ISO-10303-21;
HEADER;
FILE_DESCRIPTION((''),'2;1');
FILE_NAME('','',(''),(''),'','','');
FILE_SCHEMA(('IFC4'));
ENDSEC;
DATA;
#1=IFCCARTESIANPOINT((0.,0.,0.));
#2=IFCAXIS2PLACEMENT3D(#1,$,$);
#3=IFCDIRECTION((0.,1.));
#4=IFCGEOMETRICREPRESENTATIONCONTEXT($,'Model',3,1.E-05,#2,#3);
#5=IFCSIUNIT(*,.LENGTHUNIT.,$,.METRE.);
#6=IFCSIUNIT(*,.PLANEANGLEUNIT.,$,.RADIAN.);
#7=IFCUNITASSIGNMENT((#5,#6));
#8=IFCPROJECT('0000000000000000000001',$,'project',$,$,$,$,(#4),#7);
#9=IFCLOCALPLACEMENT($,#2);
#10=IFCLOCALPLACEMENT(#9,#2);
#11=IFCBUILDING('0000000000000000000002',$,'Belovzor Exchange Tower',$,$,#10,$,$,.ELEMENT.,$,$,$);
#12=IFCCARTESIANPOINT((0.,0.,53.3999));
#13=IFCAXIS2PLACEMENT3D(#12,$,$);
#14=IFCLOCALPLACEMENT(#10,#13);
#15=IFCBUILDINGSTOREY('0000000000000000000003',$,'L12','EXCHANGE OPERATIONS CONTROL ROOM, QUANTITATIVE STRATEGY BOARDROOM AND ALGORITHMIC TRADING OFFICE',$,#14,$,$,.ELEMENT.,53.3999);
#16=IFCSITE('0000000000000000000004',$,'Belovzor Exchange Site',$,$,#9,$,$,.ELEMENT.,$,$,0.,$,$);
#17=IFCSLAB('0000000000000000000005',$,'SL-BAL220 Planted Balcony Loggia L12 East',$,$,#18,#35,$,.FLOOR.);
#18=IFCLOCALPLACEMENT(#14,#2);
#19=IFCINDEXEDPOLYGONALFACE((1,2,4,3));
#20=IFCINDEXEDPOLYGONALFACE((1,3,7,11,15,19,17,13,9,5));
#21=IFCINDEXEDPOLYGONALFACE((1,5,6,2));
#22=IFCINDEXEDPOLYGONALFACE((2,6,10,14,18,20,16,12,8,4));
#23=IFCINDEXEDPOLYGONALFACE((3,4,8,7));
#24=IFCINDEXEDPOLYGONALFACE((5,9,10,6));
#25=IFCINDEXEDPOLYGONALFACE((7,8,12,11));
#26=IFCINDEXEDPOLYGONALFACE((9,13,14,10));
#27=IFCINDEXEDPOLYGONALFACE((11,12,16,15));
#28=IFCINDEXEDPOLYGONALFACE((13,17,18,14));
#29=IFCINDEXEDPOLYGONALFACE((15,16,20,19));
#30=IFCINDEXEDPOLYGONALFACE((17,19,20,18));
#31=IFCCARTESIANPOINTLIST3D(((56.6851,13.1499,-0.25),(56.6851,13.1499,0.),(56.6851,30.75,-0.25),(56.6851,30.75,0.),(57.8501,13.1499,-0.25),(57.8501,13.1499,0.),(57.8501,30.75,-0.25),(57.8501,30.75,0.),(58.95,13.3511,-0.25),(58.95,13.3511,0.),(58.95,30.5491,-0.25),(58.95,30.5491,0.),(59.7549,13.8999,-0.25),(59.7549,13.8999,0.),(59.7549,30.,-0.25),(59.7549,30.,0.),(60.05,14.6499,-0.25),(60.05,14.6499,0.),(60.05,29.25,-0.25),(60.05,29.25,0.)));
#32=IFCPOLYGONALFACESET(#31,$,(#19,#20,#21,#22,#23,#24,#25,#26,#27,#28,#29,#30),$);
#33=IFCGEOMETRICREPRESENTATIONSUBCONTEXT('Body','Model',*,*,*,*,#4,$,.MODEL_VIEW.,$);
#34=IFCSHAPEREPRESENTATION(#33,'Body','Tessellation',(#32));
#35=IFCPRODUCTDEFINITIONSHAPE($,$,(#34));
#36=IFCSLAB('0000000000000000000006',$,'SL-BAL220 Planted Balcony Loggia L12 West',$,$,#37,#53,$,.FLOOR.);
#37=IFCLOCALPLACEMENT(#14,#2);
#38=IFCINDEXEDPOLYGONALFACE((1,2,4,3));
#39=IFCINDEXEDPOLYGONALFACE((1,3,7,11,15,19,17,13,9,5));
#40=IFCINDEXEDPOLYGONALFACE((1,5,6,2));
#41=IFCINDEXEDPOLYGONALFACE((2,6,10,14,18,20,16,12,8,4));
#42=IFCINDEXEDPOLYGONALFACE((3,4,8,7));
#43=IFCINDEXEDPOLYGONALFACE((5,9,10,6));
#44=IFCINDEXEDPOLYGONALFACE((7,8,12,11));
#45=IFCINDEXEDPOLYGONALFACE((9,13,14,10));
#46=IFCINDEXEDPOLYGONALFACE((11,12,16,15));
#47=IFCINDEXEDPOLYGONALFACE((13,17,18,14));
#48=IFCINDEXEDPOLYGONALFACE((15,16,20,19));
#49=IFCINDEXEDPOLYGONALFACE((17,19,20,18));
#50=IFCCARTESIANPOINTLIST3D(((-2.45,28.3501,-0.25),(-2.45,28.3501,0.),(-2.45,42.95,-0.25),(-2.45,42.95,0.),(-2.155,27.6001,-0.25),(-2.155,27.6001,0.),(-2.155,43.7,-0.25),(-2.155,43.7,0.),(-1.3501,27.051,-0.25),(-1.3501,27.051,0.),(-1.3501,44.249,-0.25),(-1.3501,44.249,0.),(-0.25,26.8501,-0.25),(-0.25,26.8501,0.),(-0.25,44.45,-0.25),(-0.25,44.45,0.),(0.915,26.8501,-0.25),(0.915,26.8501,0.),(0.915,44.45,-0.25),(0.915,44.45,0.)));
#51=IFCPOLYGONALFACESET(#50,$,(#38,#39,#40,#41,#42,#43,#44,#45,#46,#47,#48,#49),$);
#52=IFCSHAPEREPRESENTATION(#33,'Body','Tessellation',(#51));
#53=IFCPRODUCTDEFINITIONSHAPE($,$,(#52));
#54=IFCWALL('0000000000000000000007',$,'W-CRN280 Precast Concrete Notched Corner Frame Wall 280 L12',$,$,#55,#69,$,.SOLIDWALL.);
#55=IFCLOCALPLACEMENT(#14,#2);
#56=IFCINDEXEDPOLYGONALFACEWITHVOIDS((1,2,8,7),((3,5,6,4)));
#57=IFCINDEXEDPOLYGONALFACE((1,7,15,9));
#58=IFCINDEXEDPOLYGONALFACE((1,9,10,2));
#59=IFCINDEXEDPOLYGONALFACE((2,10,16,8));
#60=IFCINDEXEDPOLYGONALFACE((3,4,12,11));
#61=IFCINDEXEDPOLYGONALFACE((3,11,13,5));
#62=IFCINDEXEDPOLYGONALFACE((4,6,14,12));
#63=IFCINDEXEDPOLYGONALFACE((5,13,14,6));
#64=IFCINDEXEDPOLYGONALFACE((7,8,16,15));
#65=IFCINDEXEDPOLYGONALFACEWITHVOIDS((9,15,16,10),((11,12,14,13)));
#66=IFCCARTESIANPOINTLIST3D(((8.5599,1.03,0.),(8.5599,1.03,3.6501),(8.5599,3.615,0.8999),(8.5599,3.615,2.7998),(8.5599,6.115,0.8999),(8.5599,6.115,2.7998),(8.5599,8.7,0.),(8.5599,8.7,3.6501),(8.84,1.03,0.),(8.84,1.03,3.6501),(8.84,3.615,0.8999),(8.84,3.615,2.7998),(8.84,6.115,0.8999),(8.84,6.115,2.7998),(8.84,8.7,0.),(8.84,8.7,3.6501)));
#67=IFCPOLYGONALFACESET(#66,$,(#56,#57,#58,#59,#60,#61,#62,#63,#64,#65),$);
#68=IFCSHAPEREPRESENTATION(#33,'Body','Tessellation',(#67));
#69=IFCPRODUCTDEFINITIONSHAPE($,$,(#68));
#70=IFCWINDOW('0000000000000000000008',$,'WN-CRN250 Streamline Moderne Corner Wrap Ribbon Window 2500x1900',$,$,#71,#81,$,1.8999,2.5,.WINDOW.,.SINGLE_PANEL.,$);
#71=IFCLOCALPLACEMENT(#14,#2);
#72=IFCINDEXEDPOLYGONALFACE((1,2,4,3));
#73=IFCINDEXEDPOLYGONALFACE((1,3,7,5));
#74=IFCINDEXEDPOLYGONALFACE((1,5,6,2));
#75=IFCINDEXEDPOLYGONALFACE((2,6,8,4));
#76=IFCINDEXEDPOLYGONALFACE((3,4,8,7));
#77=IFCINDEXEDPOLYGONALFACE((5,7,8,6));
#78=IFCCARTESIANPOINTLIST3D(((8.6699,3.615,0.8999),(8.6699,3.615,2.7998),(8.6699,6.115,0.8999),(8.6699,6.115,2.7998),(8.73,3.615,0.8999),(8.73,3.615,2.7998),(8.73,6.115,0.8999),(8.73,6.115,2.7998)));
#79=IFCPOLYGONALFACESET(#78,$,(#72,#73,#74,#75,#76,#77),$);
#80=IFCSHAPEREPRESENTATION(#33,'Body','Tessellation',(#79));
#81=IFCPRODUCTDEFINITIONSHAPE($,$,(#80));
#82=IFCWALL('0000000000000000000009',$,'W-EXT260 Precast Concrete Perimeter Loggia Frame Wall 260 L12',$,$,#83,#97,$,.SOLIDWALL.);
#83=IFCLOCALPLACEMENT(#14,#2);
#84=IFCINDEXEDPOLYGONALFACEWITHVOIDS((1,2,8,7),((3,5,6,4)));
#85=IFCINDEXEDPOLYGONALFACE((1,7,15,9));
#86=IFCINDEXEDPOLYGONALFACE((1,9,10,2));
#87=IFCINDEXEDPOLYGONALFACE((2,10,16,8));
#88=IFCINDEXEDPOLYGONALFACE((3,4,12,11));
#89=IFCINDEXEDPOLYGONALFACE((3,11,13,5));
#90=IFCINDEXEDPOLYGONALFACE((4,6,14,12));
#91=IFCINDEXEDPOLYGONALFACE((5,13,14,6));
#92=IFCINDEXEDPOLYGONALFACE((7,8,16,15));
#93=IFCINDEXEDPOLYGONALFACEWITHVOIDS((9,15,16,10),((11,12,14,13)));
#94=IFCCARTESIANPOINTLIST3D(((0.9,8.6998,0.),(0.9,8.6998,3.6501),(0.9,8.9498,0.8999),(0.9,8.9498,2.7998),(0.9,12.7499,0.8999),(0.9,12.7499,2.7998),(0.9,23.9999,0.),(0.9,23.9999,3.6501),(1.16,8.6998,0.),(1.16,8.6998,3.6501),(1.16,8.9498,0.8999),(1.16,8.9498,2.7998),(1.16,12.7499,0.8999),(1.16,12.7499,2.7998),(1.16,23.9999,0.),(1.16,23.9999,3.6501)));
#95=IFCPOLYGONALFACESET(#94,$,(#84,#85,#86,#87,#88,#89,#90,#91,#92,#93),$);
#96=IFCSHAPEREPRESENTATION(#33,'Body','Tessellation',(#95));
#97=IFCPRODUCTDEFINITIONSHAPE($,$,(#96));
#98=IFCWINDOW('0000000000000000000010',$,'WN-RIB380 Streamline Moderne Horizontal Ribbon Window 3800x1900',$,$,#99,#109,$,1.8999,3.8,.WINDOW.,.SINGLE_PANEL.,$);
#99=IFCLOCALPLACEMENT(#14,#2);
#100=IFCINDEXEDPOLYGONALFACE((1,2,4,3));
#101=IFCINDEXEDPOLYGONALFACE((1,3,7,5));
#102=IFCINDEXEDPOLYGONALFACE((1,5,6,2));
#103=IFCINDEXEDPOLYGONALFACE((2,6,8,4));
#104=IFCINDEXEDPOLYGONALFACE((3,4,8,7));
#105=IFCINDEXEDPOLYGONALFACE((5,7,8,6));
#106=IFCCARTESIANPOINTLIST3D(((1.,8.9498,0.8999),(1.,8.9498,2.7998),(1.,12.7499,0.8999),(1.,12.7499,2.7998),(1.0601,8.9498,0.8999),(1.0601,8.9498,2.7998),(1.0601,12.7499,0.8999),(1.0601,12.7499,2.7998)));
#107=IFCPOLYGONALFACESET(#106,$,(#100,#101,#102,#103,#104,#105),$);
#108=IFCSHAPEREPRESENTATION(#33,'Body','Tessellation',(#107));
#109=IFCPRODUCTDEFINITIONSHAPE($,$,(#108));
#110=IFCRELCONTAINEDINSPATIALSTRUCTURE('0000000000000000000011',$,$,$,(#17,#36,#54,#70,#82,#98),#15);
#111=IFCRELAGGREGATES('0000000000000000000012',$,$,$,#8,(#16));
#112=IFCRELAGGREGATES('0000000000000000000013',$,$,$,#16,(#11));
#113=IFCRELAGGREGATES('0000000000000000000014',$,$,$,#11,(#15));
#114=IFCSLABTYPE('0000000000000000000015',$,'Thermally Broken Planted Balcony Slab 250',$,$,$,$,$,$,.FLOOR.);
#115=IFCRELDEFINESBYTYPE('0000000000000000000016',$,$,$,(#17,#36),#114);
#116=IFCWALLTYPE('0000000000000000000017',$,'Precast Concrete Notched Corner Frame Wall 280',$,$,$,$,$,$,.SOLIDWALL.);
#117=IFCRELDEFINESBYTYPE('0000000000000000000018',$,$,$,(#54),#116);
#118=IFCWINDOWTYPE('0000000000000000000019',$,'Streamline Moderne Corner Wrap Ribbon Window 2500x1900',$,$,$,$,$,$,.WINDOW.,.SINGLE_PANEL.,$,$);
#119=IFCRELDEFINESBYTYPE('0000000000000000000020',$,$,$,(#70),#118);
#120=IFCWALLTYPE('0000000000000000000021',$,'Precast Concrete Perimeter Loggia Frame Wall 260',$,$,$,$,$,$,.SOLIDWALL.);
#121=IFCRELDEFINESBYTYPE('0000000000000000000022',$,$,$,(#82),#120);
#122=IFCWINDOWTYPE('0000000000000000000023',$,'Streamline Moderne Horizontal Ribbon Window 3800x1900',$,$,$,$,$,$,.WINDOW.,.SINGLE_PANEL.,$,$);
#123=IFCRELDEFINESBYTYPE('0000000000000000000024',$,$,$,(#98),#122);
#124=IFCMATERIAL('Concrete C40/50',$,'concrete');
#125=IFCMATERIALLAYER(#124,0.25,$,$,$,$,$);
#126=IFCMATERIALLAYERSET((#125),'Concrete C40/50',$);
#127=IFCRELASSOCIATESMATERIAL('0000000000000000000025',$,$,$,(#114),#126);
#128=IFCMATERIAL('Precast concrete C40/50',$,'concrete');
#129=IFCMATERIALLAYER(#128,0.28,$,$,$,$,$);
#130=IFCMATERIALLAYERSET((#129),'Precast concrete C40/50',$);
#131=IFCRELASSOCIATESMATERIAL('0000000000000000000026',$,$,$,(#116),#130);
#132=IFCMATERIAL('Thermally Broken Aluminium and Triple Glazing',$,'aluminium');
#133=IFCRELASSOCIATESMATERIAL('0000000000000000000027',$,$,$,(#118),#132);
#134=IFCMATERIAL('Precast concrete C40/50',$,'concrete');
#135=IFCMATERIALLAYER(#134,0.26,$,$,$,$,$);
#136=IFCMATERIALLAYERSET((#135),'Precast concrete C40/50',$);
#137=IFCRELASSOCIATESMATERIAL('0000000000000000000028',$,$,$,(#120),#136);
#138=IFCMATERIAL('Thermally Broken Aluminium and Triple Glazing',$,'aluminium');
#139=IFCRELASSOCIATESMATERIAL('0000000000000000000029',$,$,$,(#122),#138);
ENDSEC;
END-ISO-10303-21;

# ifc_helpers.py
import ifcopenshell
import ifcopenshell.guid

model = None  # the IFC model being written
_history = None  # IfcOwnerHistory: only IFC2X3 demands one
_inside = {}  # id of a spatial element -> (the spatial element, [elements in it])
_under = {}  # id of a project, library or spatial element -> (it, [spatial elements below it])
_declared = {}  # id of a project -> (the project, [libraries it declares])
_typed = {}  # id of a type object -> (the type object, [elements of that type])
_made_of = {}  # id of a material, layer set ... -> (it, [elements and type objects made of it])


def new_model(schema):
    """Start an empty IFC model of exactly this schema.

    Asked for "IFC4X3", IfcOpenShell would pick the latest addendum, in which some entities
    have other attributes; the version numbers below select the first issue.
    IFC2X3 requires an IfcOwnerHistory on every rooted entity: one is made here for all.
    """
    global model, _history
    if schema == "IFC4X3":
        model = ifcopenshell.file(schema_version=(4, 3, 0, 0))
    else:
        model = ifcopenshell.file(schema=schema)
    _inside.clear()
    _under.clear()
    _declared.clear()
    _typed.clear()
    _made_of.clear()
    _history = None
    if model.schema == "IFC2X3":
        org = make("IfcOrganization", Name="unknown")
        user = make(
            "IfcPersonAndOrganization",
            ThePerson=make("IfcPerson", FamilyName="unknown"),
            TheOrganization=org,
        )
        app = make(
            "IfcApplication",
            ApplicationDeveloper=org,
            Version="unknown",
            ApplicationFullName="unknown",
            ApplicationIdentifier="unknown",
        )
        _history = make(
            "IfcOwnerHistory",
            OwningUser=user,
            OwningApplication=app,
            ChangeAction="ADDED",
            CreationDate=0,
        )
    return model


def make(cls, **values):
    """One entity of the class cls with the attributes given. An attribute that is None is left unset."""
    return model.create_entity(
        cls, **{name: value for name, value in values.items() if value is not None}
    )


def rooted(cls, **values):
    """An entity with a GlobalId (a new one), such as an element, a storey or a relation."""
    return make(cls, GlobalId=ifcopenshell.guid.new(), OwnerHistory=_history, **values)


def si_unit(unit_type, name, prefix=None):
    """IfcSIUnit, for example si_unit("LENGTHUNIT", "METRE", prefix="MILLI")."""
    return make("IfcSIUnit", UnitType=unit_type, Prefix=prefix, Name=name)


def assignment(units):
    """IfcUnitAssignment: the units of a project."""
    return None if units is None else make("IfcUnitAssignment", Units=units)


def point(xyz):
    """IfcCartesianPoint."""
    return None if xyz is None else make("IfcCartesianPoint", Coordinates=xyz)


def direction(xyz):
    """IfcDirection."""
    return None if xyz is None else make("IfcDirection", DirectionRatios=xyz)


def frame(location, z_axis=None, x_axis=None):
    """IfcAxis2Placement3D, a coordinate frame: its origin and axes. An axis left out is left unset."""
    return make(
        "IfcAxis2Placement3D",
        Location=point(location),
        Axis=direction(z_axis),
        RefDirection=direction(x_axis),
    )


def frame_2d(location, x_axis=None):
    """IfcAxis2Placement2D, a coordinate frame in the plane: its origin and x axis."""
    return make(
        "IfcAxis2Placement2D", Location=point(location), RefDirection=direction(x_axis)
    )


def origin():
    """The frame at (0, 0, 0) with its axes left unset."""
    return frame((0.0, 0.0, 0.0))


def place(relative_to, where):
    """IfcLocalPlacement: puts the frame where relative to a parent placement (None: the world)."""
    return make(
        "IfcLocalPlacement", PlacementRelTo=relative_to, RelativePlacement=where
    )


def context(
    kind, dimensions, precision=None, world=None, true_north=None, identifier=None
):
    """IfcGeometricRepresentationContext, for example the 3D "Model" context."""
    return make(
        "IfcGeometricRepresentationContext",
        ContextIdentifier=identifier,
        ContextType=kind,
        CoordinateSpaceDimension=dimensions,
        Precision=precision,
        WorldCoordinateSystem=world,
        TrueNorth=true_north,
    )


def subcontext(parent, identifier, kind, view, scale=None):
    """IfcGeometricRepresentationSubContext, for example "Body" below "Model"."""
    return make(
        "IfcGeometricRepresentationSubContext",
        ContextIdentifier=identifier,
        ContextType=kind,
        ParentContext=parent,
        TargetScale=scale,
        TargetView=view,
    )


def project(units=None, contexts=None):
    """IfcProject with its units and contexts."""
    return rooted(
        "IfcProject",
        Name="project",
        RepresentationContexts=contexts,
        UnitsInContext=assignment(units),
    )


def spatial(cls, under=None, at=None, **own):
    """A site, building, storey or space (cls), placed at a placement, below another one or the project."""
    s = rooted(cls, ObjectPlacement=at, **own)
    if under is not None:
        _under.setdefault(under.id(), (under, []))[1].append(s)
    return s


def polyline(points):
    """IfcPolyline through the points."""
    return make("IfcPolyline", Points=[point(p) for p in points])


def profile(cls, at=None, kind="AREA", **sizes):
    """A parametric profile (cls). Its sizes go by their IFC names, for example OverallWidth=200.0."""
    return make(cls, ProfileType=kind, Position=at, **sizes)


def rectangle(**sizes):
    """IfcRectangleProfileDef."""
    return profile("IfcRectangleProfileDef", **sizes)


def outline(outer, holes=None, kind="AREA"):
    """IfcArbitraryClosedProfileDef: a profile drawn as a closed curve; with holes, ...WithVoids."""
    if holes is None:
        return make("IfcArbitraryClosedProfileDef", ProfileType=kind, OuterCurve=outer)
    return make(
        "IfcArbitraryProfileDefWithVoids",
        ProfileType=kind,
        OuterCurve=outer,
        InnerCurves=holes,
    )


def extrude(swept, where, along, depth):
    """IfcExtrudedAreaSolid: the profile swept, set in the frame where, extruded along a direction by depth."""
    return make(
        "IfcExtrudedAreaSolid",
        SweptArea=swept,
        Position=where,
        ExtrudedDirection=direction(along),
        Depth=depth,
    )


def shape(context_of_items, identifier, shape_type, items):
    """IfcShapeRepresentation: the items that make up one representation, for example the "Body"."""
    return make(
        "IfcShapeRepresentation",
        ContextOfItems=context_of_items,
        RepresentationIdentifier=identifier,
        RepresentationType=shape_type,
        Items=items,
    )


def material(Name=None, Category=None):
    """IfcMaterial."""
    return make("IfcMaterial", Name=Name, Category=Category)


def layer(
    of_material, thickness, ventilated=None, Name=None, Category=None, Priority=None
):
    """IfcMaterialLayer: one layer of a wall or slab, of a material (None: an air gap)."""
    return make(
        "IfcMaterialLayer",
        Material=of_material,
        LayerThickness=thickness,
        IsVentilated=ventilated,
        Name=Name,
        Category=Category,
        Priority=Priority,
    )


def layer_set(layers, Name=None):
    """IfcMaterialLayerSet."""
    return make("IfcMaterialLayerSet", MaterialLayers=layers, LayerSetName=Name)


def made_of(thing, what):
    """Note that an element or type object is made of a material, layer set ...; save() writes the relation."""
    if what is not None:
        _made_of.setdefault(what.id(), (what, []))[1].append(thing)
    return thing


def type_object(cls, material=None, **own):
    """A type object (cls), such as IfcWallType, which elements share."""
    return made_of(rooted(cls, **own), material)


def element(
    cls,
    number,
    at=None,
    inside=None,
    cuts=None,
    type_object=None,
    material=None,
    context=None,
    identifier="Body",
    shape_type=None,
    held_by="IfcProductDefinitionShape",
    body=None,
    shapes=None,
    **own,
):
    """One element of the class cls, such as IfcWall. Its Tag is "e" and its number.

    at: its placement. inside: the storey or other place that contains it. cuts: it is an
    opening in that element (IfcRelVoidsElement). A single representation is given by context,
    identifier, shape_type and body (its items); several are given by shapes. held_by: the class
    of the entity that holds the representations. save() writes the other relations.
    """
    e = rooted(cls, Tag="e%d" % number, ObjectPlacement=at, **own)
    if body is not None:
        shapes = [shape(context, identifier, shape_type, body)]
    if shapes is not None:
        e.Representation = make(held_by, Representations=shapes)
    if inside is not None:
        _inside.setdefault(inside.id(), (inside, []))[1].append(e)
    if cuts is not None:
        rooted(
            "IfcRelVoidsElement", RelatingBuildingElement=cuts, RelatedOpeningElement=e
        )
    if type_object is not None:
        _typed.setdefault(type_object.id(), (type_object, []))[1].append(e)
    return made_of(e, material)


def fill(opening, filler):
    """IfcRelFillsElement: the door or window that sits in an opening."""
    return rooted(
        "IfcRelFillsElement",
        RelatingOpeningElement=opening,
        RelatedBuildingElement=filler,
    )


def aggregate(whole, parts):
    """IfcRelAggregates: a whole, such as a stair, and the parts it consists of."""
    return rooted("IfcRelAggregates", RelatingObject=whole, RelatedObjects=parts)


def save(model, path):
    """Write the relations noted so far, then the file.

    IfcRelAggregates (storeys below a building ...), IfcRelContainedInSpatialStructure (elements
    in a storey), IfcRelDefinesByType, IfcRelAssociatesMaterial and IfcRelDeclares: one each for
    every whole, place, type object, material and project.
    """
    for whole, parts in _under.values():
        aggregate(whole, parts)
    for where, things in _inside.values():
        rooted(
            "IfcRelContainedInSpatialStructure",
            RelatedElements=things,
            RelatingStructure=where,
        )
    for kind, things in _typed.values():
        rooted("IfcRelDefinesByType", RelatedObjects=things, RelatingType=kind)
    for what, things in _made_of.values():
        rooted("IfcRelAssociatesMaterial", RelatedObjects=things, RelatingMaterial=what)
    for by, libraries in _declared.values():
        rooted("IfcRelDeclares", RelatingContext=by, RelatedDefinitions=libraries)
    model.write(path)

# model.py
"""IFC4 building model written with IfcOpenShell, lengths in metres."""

from ifc_helpers import new_model, si_unit, direction, frame, frame_2d, origin, place, context, subcontext, project, spatial, polyline, rectangle, outline, extrude, material, layer, layer_set, type_object, element, fill, save


model = new_model("IFC4")

# Units and contexts
model_context = context("Model", 3, precision=1e-05, world=origin(), true_north=direction((0.0, 1.0)))
body_context = subcontext(model_context, "Body", "Model", "MODEL_VIEW")
ifc_project = project(units=[si_unit("LENGTHUNIT", "METRE"), si_unit("PLANEANGLEUNIT", "RADIAN")], contexts=[model_context])

# Site, building, storey
site_placement = place(None, origin())
site = spatial("IfcSite", under=ifc_project, at=site_placement, Name="Belovzor Exchange Site", CompositionType="ELEMENT", RefElevation=0.0)
building_placement = place(site_placement, origin())
building = spatial("IfcBuilding", under=site, at=building_placement, Name="Belovzor Exchange Tower", CompositionType="ELEMENT")
storey_placement = place(building_placement, frame((0.0, 0.0, 53.3999)))
storey = spatial("IfcBuildingStorey", under=building, at=storey_placement, Name="L12", Description="EXCHANGE OPERATIONS CONTROL ROOM, QUANTITATIVE STRATEGY BOARDROOM AND ALGORITHMIC TRADING OFFICE", CompositionType="ELEMENT", Elevation=53.3999)

# Slabs
ifc_material_1 = material(Name="Concrete C40/50", Category="concrete")
ifc_layer_1 = layer(ifc_material_1, 0.25)
ifc_layer_set_1 = layer_set([ifc_layer_1], Name="Concrete C40/50")
slab_type_1 = type_object("IfcSlabType", Name="Thermally Broken Planted Balcony Slab 250", PredefinedType="FLOOR", material=ifc_layer_set_1)
slab_1_placement = place(storey_placement, frame((0.0, 0.0, -0.25)))
element("IfcSlab", 1, at=slab_1_placement, inside=storey, type_object=slab_type_1, Name="SL-BAL220 Planted Balcony Loggia L12 East", PredefinedType="FLOOR", context=body_context, shape_type="SweptSolid", body=[
    extrude(outline(polyline([(56.6851, 13.1499), (57.8501, 13.1499), (58.95, 13.3511), (59.7549, 13.8999), (60.05, 14.6499), (60.05, 29.25), (59.7549, 30.0), (58.95, 30.5491), (57.8501, 30.75), (56.6851, 30.75), (56.6851, 13.1499)])), origin(), (0.0, 0.0, 1.0), 0.25),
])
slab_2_placement = place(storey_placement, frame((0.0, 0.0, -0.25)))
element("IfcSlab", 2, at=slab_2_placement, inside=storey, type_object=slab_type_1, Name="SL-BAL220 Planted Balcony Loggia L12 West", PredefinedType="FLOOR", context=body_context, shape_type="SweptSolid", body=[
    extrude(outline(polyline([(0.915, 44.45), (-0.25, 44.45), (-1.3501, 44.249), (-2.155, 43.7), (-2.45, 42.95), (-2.45, 28.3501), (-2.155, 27.6001), (-1.3501, 27.051), (-0.25, 26.8501), (0.915, 26.8501), (0.915, 44.45)])), origin(), (0.0, 0.0, 1.0), 0.25),
])

# Walls, openings, windows
ifc_material_2 = material(Name="Precast concrete C40/50", Category="concrete")
ifc_layer_2 = layer(ifc_material_2, 0.28)
ifc_layer_set_2 = layer_set([ifc_layer_2], Name="Precast concrete C40/50")
wall_type_1 = type_object("IfcWallType", Name="Precast Concrete Notched Corner Frame Wall 280", PredefinedType="SOLIDWALL", material=ifc_layer_set_2)
wall_1_placement = place(storey_placement, frame((8.7, 1.03, 0.0), z_axis=(0.0, 0.0, 1.0), x_axis=(0.0, 1.0, 0.0)))
wall_1 = element("IfcWall", 3, at=wall_1_placement, inside=storey, type_object=wall_type_1, Name="W-CRN280 Precast Concrete Notched Corner Frame Wall 280 L12", PredefinedType="SOLIDWALL", context=body_context, shape_type="SweptSolid", body=[
    extrude(rectangle(XDim=7.6699, YDim=0.28, at=frame_2d((3.835, 0.0))), origin(), (0.0, 0.0, 1.0), 3.6501),
])
opening_1_placement = place(wall_1_placement, frame((2.585, 0.0, 0.8999)))
opening_1 = element("IfcOpeningElement", 4, at=opening_1_placement, cuts=wall_1, PredefinedType="OPENING", context=body_context, shape_type="SweptSolid", body=[
    extrude(rectangle(XDim=2.5, YDim=1.8999, at=frame_2d((1.25, 0.95))), frame((0.0, 0.1499, 0.0), z_axis=(0.0, -1.0, 0.0), x_axis=(1.0, 0.0, 0.0)), (0.0, 0.0, 1.0), 0.3),
])
ifc_material_3 = material(Name="Thermally Broken Aluminium and Triple Glazing", Category="aluminium")
window_type_1 = type_object("IfcWindowType", Name="Streamline Moderne Corner Wrap Ribbon Window 2500x1900", PartitioningType="SINGLE_PANEL", PredefinedType="WINDOW", material=ifc_material_3)
window_1_placement = place(opening_1_placement, origin())
window_1 = element("IfcWindow", 5, at=window_1_placement, inside=storey, type_object=window_type_1, Name="WN-CRN250 Streamline Moderne Corner Wrap Ribbon Window 2500x1900", OverallHeight=1.8999, OverallWidth=2.5, PartitioningType="SINGLE_PANEL", PredefinedType="WINDOW", context=body_context, shape_type="SweptSolid", body=[
    extrude(rectangle(XDim=2.5, YDim=1.8999, at=frame_2d((1.25, 0.95))), frame((0.0, 0.03, 0.0), z_axis=(0.0, -1.0, 0.0), x_axis=(1.0, 0.0, 0.0)), (0.0, 0.0, 1.0), 0.0601),
])
fill(opening_1, window_1)
ifc_material_4 = material(Name="Precast concrete C40/50", Category="concrete")
ifc_layer_3 = layer(ifc_material_4, 0.26)
ifc_layer_set_3 = layer_set([ifc_layer_3], Name="Precast concrete C40/50")
wall_type_2 = type_object("IfcWallType", Name="Precast Concrete Perimeter Loggia Frame Wall 260", PredefinedType="SOLIDWALL", material=ifc_layer_set_3)
wall_2_placement = place(storey_placement, frame((1.03, 8.7, 0.0), z_axis=(0.0, 0.0, 1.0), x_axis=(0.0, 1.0, 0.0)))
wall_2 = element("IfcWall", 6, at=wall_2_placement, inside=storey, type_object=wall_type_2, Name="W-EXT260 Precast Concrete Perimeter Loggia Frame Wall 260 L12", PredefinedType="SOLIDWALL", context=body_context, shape_type="SweptSolid", body=[
    extrude(rectangle(XDim=15.3, YDim=0.26, at=frame_2d((7.6499, 0.0))), origin(), (0.0, 0.0, 1.0), 3.6501),
])
opening_2_placement = place(wall_2_placement, frame((0.25, 0.0, 0.8999)))
opening_2 = element("IfcOpeningElement", 7, at=opening_2_placement, cuts=wall_2, PredefinedType="OPENING", context=body_context, shape_type="SweptSolid", body=[
    extrude(rectangle(XDim=3.8, YDim=1.8999, at=frame_2d((1.8999, 0.95))), frame((0.0, 0.1399, 0.0), z_axis=(0.0, -1.0, 0.0), x_axis=(1.0, 0.0, 0.0)), (0.0, 0.0, 1.0), 0.28),
])
ifc_material_5 = material(Name="Thermally Broken Aluminium and Triple Glazing", Category="aluminium")
window_type_2 = type_object("IfcWindowType", Name="Streamline Moderne Horizontal Ribbon Window 3800x1900", PartitioningType="SINGLE_PANEL", PredefinedType="WINDOW", material=ifc_material_5)
window_2_placement = place(opening_2_placement, origin())
window_2 = element("IfcWindow", 8, at=window_2_placement, inside=storey, type_object=window_type_2, Name="WN-RIB380 Streamline Moderne Horizontal Ribbon Window 3800x1900", OverallHeight=1.8999, OverallWidth=3.8, PartitioningType="SINGLE_PANEL", PredefinedType="WINDOW", context=body_context, shape_type="SweptSolid", body=[
    extrude(rectangle(XDim=3.8, YDim=1.8999, at=frame_2d((1.8999, 0.95))), frame((0.0, 0.03, 0.0), z_axis=(0.0, -1.0, 0.0), x_axis=(1.0, 0.0, 0.0)), (0.0, 0.0, 1.0), 0.0601),
])
fill(opening_2, window_2)

save(model, "model.ifc")
